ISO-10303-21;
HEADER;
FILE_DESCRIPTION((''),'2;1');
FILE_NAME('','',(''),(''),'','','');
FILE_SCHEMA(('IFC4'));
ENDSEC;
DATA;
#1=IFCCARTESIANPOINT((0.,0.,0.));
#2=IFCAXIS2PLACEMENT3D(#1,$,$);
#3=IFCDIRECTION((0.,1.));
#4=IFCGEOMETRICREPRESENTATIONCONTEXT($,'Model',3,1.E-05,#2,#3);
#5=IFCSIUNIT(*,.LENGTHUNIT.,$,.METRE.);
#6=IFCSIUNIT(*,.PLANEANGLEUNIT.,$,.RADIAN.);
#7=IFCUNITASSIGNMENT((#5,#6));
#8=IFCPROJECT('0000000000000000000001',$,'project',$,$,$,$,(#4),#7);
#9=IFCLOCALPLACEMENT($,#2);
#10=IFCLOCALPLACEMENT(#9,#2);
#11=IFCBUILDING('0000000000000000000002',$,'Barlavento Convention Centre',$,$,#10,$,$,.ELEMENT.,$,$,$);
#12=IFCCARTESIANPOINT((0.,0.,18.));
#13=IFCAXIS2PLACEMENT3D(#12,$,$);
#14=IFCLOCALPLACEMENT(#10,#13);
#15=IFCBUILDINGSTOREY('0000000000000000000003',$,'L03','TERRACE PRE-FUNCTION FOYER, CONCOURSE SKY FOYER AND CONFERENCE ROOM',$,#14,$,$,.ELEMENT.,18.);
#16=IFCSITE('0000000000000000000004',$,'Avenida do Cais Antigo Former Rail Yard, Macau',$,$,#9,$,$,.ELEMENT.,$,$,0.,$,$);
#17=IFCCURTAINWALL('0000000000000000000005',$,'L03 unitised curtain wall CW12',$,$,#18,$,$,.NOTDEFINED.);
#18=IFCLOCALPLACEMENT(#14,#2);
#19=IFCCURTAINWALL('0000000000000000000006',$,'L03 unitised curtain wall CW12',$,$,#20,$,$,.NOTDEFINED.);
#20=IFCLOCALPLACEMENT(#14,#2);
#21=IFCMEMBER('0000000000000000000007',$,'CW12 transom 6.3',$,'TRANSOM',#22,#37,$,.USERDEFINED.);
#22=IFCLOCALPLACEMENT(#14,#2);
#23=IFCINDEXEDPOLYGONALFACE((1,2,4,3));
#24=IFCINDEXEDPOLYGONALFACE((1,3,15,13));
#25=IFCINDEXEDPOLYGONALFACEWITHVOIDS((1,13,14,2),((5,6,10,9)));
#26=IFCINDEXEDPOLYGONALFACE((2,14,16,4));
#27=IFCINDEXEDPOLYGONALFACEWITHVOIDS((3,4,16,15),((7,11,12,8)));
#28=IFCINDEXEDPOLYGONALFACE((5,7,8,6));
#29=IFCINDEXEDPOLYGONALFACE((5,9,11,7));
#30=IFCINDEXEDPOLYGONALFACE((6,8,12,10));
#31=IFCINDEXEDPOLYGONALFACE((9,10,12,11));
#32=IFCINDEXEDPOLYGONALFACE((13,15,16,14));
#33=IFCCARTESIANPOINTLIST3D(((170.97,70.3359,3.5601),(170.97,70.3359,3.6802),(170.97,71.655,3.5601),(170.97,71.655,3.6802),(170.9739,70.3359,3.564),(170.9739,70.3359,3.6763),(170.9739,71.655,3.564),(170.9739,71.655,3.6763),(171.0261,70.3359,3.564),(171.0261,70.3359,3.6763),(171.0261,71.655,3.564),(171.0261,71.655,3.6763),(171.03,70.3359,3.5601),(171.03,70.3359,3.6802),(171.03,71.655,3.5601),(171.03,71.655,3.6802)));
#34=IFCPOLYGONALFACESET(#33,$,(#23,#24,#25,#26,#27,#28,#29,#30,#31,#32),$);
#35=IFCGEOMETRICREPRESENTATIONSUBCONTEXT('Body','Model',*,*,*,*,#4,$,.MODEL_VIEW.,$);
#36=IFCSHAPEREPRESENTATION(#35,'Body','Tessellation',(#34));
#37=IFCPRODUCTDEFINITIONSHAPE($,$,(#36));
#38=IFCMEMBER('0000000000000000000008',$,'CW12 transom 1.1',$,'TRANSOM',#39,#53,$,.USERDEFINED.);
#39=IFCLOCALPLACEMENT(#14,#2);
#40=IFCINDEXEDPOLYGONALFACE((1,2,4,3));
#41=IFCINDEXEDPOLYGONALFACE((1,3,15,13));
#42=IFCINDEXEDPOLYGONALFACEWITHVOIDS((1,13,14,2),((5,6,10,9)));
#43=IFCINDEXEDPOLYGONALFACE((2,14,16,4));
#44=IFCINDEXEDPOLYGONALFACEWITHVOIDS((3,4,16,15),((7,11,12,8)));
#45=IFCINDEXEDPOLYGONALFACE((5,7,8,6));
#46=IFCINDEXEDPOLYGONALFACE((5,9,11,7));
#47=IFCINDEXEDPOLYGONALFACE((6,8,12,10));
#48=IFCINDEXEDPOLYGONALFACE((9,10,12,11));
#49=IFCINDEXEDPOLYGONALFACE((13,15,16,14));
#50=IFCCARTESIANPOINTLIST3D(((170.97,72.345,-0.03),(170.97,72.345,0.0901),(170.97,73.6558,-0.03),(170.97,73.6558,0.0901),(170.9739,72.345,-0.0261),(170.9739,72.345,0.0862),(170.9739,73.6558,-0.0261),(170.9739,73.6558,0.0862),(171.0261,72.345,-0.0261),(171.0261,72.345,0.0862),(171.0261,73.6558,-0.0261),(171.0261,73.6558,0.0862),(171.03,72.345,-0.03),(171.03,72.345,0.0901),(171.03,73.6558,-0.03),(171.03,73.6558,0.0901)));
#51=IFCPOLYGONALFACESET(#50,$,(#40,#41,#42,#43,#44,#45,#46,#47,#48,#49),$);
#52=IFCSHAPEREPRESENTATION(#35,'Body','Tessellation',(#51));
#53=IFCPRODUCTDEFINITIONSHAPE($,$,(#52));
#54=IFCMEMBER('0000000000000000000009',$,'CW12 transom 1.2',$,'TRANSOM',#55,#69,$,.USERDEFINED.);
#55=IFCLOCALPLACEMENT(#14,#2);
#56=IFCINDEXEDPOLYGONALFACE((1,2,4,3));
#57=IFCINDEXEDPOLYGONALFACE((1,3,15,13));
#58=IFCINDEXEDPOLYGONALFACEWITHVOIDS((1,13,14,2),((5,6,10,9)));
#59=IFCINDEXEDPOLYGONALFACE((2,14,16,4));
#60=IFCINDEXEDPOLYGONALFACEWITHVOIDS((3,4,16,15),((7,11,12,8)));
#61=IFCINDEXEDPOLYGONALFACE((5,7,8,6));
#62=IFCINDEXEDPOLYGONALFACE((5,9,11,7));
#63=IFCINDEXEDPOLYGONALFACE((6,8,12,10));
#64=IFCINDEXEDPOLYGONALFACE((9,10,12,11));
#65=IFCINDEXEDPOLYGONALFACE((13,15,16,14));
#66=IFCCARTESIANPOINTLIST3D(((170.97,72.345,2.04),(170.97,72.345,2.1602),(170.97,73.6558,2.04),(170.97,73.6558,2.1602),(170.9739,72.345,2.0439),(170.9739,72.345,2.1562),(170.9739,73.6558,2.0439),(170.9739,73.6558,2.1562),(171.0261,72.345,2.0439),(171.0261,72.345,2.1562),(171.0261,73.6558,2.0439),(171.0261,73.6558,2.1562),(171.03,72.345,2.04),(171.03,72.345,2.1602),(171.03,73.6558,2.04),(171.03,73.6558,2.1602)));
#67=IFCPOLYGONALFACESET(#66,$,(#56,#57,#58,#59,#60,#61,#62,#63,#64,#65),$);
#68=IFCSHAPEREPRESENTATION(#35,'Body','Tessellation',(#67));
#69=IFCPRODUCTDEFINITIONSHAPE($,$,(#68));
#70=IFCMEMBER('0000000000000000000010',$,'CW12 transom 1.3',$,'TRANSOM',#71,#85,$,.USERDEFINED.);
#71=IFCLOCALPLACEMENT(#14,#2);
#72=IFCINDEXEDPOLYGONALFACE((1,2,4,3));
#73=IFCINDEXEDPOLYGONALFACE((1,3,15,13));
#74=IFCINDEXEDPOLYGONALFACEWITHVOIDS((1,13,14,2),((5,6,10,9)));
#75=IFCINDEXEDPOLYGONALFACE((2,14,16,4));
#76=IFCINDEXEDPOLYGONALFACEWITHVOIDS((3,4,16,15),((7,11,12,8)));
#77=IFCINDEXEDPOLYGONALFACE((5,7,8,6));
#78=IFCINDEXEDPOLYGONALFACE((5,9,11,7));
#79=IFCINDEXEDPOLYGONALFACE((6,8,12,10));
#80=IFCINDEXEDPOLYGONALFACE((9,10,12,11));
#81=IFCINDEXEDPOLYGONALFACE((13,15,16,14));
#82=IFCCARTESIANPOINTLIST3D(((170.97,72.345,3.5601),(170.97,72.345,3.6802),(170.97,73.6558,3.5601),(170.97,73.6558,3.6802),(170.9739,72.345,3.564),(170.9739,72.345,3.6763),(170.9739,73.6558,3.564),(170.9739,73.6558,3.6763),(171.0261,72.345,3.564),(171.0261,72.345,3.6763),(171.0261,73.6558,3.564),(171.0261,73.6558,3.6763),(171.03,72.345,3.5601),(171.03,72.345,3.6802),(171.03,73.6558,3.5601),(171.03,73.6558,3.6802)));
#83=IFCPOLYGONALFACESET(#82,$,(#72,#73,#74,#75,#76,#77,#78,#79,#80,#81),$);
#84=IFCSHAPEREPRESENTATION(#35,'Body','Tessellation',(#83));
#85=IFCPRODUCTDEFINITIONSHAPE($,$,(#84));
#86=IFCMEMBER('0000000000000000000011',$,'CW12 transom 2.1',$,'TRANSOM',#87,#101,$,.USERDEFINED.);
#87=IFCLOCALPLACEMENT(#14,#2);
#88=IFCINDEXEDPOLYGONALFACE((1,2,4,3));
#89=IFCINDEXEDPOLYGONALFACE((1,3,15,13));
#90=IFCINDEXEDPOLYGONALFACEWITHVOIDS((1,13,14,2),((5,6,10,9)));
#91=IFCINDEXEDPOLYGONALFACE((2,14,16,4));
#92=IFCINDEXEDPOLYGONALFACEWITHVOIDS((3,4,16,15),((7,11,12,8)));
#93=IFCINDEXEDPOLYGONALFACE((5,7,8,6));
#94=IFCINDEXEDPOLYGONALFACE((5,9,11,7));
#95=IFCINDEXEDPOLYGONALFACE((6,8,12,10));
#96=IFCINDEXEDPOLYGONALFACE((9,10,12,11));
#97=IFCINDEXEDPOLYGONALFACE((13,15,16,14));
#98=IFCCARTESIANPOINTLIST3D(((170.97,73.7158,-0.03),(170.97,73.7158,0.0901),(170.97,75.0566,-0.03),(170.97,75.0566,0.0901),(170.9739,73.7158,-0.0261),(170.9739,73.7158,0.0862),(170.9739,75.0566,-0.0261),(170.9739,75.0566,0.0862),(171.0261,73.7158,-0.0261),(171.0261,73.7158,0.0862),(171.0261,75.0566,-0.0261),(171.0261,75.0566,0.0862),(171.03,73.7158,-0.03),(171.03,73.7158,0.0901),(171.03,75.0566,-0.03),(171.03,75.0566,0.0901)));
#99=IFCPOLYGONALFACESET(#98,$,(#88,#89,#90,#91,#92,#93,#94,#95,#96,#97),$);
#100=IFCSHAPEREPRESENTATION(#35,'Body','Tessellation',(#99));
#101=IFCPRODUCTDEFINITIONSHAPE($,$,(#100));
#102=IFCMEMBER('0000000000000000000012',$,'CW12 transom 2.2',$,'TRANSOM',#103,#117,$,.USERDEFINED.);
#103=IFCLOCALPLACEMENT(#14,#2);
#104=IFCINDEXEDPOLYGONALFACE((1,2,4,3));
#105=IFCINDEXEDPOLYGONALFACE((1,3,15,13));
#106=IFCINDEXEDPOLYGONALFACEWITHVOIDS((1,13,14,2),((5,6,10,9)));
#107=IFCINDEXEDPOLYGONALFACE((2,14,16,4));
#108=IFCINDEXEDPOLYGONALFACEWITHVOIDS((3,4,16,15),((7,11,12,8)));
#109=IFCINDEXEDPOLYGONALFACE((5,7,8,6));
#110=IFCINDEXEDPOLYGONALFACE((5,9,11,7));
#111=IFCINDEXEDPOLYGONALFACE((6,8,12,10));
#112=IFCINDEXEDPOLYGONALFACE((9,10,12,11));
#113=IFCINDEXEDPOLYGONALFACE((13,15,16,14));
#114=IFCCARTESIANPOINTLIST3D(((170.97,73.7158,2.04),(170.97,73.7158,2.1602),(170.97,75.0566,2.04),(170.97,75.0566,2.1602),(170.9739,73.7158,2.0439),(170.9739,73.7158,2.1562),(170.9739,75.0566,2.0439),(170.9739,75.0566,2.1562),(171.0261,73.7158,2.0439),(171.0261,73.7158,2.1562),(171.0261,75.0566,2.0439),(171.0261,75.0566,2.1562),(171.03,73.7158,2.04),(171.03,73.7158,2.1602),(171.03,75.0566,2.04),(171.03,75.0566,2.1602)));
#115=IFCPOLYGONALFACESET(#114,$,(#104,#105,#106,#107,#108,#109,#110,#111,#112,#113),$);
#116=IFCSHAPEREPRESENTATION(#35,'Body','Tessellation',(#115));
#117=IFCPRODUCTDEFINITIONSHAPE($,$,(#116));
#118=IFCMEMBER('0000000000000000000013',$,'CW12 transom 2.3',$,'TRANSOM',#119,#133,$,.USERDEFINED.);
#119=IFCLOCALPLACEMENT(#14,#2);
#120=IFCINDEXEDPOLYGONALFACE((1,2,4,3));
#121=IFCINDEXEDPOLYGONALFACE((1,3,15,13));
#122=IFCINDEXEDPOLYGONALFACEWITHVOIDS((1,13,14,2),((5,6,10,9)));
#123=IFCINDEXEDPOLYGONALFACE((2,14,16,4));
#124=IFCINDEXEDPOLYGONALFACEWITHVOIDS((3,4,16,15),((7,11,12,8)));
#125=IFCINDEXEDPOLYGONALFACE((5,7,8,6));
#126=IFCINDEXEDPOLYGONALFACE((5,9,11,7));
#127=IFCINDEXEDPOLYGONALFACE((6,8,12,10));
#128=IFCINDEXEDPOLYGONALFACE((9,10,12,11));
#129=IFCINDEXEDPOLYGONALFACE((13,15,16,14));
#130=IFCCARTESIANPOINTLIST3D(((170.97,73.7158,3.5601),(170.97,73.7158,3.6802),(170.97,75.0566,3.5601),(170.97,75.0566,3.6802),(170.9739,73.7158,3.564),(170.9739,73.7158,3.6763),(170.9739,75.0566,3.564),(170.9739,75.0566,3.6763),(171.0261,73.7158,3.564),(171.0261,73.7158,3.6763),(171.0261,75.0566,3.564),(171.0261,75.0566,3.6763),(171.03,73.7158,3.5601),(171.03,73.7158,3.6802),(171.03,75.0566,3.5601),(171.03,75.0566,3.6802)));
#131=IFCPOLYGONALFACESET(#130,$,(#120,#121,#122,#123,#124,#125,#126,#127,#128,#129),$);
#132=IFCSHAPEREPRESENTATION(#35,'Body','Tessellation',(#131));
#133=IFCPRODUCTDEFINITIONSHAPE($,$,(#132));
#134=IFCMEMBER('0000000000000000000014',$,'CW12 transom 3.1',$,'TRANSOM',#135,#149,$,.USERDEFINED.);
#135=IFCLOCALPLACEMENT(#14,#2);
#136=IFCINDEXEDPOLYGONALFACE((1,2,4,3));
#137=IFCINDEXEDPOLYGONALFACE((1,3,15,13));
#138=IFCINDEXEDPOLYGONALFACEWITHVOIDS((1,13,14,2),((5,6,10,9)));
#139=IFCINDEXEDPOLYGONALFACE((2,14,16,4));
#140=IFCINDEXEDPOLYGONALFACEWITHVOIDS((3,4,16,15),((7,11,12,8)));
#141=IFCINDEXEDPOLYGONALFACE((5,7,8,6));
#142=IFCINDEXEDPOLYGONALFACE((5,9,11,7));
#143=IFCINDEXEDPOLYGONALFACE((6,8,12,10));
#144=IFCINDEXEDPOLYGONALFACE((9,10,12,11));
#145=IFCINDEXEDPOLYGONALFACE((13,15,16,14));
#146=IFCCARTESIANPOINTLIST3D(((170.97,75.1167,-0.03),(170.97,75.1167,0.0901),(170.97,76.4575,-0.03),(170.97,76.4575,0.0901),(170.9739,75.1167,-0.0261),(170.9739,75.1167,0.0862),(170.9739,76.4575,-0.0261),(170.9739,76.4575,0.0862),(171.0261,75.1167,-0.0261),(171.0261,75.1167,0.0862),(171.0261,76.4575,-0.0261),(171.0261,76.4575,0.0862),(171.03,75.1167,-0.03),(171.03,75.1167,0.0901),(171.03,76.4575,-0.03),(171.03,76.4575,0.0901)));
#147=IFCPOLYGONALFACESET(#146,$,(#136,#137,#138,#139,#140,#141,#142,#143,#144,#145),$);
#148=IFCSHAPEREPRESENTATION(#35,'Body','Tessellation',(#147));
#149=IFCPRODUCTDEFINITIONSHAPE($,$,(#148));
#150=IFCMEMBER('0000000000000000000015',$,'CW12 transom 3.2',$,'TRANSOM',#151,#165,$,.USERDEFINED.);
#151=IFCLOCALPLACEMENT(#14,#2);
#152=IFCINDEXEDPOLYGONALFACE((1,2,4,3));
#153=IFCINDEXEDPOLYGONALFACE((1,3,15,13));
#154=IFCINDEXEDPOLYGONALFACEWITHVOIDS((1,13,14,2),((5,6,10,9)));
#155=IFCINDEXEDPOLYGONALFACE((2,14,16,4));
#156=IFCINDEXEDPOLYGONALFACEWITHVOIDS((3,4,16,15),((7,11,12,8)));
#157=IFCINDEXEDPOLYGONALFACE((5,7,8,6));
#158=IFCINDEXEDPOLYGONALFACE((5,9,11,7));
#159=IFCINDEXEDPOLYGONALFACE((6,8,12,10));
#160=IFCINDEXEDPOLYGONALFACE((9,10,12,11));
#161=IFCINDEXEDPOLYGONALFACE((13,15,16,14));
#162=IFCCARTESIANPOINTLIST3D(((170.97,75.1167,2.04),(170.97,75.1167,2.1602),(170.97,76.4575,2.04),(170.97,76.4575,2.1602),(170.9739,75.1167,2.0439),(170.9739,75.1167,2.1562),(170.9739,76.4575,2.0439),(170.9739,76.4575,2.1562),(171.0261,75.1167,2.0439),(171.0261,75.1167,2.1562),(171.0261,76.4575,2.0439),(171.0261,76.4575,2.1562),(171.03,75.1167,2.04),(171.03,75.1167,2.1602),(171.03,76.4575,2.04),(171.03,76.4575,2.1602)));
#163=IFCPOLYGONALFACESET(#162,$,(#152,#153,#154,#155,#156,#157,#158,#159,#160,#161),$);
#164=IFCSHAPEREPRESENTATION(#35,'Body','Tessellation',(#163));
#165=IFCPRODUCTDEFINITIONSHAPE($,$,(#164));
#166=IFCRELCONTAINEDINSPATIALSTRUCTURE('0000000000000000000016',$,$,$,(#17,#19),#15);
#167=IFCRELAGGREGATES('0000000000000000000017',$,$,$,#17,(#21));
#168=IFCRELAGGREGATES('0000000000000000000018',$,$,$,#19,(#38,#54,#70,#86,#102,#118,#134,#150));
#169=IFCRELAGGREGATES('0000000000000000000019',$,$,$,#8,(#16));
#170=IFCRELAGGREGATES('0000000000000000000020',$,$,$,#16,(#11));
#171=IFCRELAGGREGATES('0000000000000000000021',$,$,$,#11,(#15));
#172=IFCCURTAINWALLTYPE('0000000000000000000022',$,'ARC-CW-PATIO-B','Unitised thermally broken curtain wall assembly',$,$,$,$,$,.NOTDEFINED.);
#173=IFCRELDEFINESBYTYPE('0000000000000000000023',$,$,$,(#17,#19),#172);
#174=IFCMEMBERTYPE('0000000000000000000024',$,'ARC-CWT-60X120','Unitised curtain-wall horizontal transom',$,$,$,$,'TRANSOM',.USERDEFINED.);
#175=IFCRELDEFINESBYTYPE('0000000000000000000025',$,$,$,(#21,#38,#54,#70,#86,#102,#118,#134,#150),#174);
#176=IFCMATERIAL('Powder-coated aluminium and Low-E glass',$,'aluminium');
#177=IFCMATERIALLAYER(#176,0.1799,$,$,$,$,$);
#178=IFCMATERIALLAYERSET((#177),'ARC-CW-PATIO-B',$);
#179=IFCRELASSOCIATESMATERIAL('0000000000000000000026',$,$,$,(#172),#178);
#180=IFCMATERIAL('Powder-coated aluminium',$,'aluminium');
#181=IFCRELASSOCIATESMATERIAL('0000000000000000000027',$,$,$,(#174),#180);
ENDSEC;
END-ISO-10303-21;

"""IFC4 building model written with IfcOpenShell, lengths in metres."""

from ifc_helpers import new_model, si_unit, direction, frame, origin, origin_2d, place, context, subcontext, project, spatial, hollow_rectangle, extrude, material, layer, layer_set, material_profile, profile_set, type_object, element, aggregate, save


model = new_model("IFC4")

# Units and contexts
model_context = context("Model", 3, precision=1e-05, world=origin(), true_north=direction((0.0, 1.0)))
body_context = subcontext(model_context, "Body", "Model", "MODEL_VIEW")
ifc_project = project(units=[si_unit("LENGTHUNIT", "METRE"), si_unit("PLANEANGLEUNIT", "RADIAN")], contexts=[model_context])

# Site, building, storey
site_placement = place(None, origin())
site = spatial("IfcSite", under=ifc_project, at=site_placement, Name="Avenida do Cais Antigo Former Rail Yard, Macau", CompositionType="ELEMENT", RefElevation=0.0)
building_placement = place(site_placement, origin())
building = spatial("IfcBuilding", under=site, at=building_placement, Name="Barlavento Convention Centre", CompositionType="ELEMENT")
storey_placement = place(building_placement, frame((0.0, 0.0, 18.0)))
storey = spatial("IfcBuildingStorey", under=building, at=storey_placement, Name="L03", Description="TERRACE PRE-FUNCTION FOYER, CONCOURSE SKY FOYER AND CONFERENCE ROOM", CompositionType="ELEMENT", Elevation=18.0)

# Curtain wall
ifc_material_1 = material(Name="Powder-coated aluminium and Low-E glass", Category="aluminium")
ifc_layer_1 = layer(ifc_material_1, 0.1799)
ifc_layer_set_1 = layer_set([ifc_layer_1], Name="ARC-CW-PATIO-B")
curtain_wall_type = type_object("IfcCurtainWallType", Name="ARC-CW-PATIO-B", Description="Unitised thermally broken curtain wall assembly", PredefinedType="NOTDEFINED", material=ifc_layer_set_1)
curtain_wall_1_placement = place(storey_placement, origin())
curtain_wall_1 = element("IfcCurtainWall", 1, at=curtain_wall_1_placement, inside=storey, type_object=curtain_wall_type, Name="L03 unitised curtain wall CW12", PredefinedType="NOTDEFINED")
ifc_material_2 = material(Name="Powder-coated aluminium", Category="aluminium")

# Curtain wall
curtain_wall_2_placement = place(storey_placement, origin())
curtain_wall_2 = element("IfcCurtainWall", 2, at=curtain_wall_2_placement, inside=storey, type_object=curtain_wall_type, Name="L03 unitised curtain wall CW12", PredefinedType="NOTDEFINED")

# Members
ifc_material_profile_1 = material_profile(ifc_material_2, hollow_rectangle(XDim=0.0601, YDim=0.1201, WallThickness=0.0039, at=origin_2d()), Name="AL-TRAN 60x120x4")
ifc_profile_set_1 = profile_set([ifc_material_profile_1], Name="Powder-coated aluminium")
member_type_1 = type_object("IfcMemberType", Name="ARC-CWT-60X120", Description="Unitised curtain-wall horizontal transom", ElementType="TRANSOM", PredefinedType="USERDEFINED", material=ifc_profile_set_1)
member_1_placement = place(storey_placement, frame((171.0, 70.3359, 3.6201), z_axis=(0.0, 1.0, 0.0), x_axis=(-1.0, 0.0, 0.0)))
member_1 = element("IfcMember", 3, at=member_1_placement, type_object=member_type_1, Name="CW12 transom 6.3", ObjectType="TRANSOM", PredefinedType="USERDEFINED", context=body_context, shape_type="SweptSolid", body=[
    extrude(hollow_rectangle(XDim=0.0601, YDim=0.1201, WallThickness=0.0039, at=origin_2d()), origin(), (0.0, 0.0, 1.0), 1.3191),
])
member_2_placement = place(storey_placement, frame((171.0, 72.345, 0.03), z_axis=(0.0, 1.0, 0.0), x_axis=(-1.0, 0.0, 0.0)))
member_2 = element("IfcMember", 4, at=member_2_placement, type_object=member_type_1, Name="CW12 transom 1.1", ObjectType="TRANSOM", PredefinedType="USERDEFINED", context=body_context, shape_type="SweptSolid", body=[
    extrude(hollow_rectangle(XDim=0.0601, YDim=0.1201, WallThickness=0.0039, at=origin_2d()), origin(), (0.0, 0.0, 1.0), 1.3108),
])
member_3_placement = place(storey_placement, frame((171.0, 72.345, 2.1001), z_axis=(0.0, 1.0, 0.0), x_axis=(-1.0, 0.0, 0.0)))
member_3 = element("IfcMember", 5, at=member_3_placement, type_object=member_type_1, Name="CW12 transom 1.2", ObjectType="TRANSOM", PredefinedType="USERDEFINED", context=body_context, shape_type="SweptSolid", body=[
    extrude(hollow_rectangle(XDim=0.0601, YDim=0.1201, WallThickness=0.0039, at=origin_2d()), origin(), (0.0, 0.0, 1.0), 1.3108),
])
member_4_placement = place(storey_placement, frame((171.0, 72.345, 3.6201), z_axis=(0.0, 1.0, 0.0), x_axis=(-1.0, 0.0, 0.0)))
member_4 = element("IfcMember", 6, at=member_4_placement, type_object=member_type_1, Name="CW12 transom 1.3", ObjectType="TRANSOM", PredefinedType="USERDEFINED", context=body_context, shape_type="SweptSolid", body=[
    extrude(hollow_rectangle(XDim=0.0601, YDim=0.1201, WallThickness=0.0039, at=origin_2d()), origin(), (0.0, 0.0, 1.0), 1.3108),
])
member_5_placement = place(storey_placement, frame((171.0, 73.7158, 0.03), z_axis=(0.0, 1.0, 0.0), x_axis=(-1.0, 0.0, 0.0)))
member_5 = element("IfcMember", 7, at=member_5_placement, type_object=member_type_1, Name="CW12 transom 2.1", ObjectType="TRANSOM", PredefinedType="USERDEFINED", context=body_context, shape_type="SweptSolid", body=[
    extrude(hollow_rectangle(XDim=0.0601, YDim=0.1201, WallThickness=0.0039, at=origin_2d()), origin(), (0.0, 0.0, 1.0), 1.3408),
])
member_6_placement = place(storey_placement, frame((171.0, 73.7158, 2.1001), z_axis=(0.0, 1.0, 0.0), x_axis=(-1.0, 0.0, 0.0)))
member_6 = element("IfcMember", 8, at=member_6_placement, type_object=member_type_1, Name="CW12 transom 2.2", ObjectType="TRANSOM", PredefinedType="USERDEFINED", context=body_context, shape_type="SweptSolid", body=[
    extrude(hollow_rectangle(XDim=0.0601, YDim=0.1201, WallThickness=0.0039, at=origin_2d()), origin(), (0.0, 0.0, 1.0), 1.3408),
])
member_7_placement = place(storey_placement, frame((171.0, 73.7158, 3.6201), z_axis=(0.0, 1.0, 0.0), x_axis=(-1.0, 0.0, 0.0)))
member_7 = element("IfcMember", 9, at=member_7_placement, type_object=member_type_1, Name="CW12 transom 2.3", ObjectType="TRANSOM", PredefinedType="USERDEFINED", context=body_context, shape_type="SweptSolid", body=[
    extrude(hollow_rectangle(XDim=0.0601, YDim=0.1201, WallThickness=0.0039, at=origin_2d()), origin(), (0.0, 0.0, 1.0), 1.3408),
])
member_8_placement = place(storey_placement, frame((171.0, 75.1167, 0.03), z_axis=(0.0, 1.0, 0.0), x_axis=(-1.0, 0.0, 0.0)))
member_8 = element("IfcMember", 10, at=member_8_placement, type_object=member_type_1, Name="CW12 transom 3.1", ObjectType="TRANSOM", PredefinedType="USERDEFINED", context=body_context, shape_type="SweptSolid", body=[
    extrude(hollow_rectangle(XDim=0.0601, YDim=0.1201, WallThickness=0.0039, at=origin_2d()), origin(), (0.0, 0.0, 1.0), 1.3408),
])
member_9_placement = place(storey_placement, frame((171.0, 75.1167, 2.1001), z_axis=(0.0, 1.0, 0.0), x_axis=(-1.0, 0.0, 0.0)))
member_9 = element("IfcMember", 11, at=member_9_placement, type_object=member_type_1, Name="CW12 transom 3.2", ObjectType="TRANSOM", PredefinedType="USERDEFINED", context=body_context, shape_type="SweptSolid", body=[
    extrude(hollow_rectangle(XDim=0.0601, YDim=0.1201, WallThickness=0.0039, at=origin_2d()), origin(), (0.0, 0.0, 1.0), 1.3408),
])

aggregate(curtain_wall_1, [member_1])
aggregate(curtain_wall_2, [member_2, member_3, member_4, member_5, member_6, member_7, member_8, member_9])

save(model, "model.ifc")
